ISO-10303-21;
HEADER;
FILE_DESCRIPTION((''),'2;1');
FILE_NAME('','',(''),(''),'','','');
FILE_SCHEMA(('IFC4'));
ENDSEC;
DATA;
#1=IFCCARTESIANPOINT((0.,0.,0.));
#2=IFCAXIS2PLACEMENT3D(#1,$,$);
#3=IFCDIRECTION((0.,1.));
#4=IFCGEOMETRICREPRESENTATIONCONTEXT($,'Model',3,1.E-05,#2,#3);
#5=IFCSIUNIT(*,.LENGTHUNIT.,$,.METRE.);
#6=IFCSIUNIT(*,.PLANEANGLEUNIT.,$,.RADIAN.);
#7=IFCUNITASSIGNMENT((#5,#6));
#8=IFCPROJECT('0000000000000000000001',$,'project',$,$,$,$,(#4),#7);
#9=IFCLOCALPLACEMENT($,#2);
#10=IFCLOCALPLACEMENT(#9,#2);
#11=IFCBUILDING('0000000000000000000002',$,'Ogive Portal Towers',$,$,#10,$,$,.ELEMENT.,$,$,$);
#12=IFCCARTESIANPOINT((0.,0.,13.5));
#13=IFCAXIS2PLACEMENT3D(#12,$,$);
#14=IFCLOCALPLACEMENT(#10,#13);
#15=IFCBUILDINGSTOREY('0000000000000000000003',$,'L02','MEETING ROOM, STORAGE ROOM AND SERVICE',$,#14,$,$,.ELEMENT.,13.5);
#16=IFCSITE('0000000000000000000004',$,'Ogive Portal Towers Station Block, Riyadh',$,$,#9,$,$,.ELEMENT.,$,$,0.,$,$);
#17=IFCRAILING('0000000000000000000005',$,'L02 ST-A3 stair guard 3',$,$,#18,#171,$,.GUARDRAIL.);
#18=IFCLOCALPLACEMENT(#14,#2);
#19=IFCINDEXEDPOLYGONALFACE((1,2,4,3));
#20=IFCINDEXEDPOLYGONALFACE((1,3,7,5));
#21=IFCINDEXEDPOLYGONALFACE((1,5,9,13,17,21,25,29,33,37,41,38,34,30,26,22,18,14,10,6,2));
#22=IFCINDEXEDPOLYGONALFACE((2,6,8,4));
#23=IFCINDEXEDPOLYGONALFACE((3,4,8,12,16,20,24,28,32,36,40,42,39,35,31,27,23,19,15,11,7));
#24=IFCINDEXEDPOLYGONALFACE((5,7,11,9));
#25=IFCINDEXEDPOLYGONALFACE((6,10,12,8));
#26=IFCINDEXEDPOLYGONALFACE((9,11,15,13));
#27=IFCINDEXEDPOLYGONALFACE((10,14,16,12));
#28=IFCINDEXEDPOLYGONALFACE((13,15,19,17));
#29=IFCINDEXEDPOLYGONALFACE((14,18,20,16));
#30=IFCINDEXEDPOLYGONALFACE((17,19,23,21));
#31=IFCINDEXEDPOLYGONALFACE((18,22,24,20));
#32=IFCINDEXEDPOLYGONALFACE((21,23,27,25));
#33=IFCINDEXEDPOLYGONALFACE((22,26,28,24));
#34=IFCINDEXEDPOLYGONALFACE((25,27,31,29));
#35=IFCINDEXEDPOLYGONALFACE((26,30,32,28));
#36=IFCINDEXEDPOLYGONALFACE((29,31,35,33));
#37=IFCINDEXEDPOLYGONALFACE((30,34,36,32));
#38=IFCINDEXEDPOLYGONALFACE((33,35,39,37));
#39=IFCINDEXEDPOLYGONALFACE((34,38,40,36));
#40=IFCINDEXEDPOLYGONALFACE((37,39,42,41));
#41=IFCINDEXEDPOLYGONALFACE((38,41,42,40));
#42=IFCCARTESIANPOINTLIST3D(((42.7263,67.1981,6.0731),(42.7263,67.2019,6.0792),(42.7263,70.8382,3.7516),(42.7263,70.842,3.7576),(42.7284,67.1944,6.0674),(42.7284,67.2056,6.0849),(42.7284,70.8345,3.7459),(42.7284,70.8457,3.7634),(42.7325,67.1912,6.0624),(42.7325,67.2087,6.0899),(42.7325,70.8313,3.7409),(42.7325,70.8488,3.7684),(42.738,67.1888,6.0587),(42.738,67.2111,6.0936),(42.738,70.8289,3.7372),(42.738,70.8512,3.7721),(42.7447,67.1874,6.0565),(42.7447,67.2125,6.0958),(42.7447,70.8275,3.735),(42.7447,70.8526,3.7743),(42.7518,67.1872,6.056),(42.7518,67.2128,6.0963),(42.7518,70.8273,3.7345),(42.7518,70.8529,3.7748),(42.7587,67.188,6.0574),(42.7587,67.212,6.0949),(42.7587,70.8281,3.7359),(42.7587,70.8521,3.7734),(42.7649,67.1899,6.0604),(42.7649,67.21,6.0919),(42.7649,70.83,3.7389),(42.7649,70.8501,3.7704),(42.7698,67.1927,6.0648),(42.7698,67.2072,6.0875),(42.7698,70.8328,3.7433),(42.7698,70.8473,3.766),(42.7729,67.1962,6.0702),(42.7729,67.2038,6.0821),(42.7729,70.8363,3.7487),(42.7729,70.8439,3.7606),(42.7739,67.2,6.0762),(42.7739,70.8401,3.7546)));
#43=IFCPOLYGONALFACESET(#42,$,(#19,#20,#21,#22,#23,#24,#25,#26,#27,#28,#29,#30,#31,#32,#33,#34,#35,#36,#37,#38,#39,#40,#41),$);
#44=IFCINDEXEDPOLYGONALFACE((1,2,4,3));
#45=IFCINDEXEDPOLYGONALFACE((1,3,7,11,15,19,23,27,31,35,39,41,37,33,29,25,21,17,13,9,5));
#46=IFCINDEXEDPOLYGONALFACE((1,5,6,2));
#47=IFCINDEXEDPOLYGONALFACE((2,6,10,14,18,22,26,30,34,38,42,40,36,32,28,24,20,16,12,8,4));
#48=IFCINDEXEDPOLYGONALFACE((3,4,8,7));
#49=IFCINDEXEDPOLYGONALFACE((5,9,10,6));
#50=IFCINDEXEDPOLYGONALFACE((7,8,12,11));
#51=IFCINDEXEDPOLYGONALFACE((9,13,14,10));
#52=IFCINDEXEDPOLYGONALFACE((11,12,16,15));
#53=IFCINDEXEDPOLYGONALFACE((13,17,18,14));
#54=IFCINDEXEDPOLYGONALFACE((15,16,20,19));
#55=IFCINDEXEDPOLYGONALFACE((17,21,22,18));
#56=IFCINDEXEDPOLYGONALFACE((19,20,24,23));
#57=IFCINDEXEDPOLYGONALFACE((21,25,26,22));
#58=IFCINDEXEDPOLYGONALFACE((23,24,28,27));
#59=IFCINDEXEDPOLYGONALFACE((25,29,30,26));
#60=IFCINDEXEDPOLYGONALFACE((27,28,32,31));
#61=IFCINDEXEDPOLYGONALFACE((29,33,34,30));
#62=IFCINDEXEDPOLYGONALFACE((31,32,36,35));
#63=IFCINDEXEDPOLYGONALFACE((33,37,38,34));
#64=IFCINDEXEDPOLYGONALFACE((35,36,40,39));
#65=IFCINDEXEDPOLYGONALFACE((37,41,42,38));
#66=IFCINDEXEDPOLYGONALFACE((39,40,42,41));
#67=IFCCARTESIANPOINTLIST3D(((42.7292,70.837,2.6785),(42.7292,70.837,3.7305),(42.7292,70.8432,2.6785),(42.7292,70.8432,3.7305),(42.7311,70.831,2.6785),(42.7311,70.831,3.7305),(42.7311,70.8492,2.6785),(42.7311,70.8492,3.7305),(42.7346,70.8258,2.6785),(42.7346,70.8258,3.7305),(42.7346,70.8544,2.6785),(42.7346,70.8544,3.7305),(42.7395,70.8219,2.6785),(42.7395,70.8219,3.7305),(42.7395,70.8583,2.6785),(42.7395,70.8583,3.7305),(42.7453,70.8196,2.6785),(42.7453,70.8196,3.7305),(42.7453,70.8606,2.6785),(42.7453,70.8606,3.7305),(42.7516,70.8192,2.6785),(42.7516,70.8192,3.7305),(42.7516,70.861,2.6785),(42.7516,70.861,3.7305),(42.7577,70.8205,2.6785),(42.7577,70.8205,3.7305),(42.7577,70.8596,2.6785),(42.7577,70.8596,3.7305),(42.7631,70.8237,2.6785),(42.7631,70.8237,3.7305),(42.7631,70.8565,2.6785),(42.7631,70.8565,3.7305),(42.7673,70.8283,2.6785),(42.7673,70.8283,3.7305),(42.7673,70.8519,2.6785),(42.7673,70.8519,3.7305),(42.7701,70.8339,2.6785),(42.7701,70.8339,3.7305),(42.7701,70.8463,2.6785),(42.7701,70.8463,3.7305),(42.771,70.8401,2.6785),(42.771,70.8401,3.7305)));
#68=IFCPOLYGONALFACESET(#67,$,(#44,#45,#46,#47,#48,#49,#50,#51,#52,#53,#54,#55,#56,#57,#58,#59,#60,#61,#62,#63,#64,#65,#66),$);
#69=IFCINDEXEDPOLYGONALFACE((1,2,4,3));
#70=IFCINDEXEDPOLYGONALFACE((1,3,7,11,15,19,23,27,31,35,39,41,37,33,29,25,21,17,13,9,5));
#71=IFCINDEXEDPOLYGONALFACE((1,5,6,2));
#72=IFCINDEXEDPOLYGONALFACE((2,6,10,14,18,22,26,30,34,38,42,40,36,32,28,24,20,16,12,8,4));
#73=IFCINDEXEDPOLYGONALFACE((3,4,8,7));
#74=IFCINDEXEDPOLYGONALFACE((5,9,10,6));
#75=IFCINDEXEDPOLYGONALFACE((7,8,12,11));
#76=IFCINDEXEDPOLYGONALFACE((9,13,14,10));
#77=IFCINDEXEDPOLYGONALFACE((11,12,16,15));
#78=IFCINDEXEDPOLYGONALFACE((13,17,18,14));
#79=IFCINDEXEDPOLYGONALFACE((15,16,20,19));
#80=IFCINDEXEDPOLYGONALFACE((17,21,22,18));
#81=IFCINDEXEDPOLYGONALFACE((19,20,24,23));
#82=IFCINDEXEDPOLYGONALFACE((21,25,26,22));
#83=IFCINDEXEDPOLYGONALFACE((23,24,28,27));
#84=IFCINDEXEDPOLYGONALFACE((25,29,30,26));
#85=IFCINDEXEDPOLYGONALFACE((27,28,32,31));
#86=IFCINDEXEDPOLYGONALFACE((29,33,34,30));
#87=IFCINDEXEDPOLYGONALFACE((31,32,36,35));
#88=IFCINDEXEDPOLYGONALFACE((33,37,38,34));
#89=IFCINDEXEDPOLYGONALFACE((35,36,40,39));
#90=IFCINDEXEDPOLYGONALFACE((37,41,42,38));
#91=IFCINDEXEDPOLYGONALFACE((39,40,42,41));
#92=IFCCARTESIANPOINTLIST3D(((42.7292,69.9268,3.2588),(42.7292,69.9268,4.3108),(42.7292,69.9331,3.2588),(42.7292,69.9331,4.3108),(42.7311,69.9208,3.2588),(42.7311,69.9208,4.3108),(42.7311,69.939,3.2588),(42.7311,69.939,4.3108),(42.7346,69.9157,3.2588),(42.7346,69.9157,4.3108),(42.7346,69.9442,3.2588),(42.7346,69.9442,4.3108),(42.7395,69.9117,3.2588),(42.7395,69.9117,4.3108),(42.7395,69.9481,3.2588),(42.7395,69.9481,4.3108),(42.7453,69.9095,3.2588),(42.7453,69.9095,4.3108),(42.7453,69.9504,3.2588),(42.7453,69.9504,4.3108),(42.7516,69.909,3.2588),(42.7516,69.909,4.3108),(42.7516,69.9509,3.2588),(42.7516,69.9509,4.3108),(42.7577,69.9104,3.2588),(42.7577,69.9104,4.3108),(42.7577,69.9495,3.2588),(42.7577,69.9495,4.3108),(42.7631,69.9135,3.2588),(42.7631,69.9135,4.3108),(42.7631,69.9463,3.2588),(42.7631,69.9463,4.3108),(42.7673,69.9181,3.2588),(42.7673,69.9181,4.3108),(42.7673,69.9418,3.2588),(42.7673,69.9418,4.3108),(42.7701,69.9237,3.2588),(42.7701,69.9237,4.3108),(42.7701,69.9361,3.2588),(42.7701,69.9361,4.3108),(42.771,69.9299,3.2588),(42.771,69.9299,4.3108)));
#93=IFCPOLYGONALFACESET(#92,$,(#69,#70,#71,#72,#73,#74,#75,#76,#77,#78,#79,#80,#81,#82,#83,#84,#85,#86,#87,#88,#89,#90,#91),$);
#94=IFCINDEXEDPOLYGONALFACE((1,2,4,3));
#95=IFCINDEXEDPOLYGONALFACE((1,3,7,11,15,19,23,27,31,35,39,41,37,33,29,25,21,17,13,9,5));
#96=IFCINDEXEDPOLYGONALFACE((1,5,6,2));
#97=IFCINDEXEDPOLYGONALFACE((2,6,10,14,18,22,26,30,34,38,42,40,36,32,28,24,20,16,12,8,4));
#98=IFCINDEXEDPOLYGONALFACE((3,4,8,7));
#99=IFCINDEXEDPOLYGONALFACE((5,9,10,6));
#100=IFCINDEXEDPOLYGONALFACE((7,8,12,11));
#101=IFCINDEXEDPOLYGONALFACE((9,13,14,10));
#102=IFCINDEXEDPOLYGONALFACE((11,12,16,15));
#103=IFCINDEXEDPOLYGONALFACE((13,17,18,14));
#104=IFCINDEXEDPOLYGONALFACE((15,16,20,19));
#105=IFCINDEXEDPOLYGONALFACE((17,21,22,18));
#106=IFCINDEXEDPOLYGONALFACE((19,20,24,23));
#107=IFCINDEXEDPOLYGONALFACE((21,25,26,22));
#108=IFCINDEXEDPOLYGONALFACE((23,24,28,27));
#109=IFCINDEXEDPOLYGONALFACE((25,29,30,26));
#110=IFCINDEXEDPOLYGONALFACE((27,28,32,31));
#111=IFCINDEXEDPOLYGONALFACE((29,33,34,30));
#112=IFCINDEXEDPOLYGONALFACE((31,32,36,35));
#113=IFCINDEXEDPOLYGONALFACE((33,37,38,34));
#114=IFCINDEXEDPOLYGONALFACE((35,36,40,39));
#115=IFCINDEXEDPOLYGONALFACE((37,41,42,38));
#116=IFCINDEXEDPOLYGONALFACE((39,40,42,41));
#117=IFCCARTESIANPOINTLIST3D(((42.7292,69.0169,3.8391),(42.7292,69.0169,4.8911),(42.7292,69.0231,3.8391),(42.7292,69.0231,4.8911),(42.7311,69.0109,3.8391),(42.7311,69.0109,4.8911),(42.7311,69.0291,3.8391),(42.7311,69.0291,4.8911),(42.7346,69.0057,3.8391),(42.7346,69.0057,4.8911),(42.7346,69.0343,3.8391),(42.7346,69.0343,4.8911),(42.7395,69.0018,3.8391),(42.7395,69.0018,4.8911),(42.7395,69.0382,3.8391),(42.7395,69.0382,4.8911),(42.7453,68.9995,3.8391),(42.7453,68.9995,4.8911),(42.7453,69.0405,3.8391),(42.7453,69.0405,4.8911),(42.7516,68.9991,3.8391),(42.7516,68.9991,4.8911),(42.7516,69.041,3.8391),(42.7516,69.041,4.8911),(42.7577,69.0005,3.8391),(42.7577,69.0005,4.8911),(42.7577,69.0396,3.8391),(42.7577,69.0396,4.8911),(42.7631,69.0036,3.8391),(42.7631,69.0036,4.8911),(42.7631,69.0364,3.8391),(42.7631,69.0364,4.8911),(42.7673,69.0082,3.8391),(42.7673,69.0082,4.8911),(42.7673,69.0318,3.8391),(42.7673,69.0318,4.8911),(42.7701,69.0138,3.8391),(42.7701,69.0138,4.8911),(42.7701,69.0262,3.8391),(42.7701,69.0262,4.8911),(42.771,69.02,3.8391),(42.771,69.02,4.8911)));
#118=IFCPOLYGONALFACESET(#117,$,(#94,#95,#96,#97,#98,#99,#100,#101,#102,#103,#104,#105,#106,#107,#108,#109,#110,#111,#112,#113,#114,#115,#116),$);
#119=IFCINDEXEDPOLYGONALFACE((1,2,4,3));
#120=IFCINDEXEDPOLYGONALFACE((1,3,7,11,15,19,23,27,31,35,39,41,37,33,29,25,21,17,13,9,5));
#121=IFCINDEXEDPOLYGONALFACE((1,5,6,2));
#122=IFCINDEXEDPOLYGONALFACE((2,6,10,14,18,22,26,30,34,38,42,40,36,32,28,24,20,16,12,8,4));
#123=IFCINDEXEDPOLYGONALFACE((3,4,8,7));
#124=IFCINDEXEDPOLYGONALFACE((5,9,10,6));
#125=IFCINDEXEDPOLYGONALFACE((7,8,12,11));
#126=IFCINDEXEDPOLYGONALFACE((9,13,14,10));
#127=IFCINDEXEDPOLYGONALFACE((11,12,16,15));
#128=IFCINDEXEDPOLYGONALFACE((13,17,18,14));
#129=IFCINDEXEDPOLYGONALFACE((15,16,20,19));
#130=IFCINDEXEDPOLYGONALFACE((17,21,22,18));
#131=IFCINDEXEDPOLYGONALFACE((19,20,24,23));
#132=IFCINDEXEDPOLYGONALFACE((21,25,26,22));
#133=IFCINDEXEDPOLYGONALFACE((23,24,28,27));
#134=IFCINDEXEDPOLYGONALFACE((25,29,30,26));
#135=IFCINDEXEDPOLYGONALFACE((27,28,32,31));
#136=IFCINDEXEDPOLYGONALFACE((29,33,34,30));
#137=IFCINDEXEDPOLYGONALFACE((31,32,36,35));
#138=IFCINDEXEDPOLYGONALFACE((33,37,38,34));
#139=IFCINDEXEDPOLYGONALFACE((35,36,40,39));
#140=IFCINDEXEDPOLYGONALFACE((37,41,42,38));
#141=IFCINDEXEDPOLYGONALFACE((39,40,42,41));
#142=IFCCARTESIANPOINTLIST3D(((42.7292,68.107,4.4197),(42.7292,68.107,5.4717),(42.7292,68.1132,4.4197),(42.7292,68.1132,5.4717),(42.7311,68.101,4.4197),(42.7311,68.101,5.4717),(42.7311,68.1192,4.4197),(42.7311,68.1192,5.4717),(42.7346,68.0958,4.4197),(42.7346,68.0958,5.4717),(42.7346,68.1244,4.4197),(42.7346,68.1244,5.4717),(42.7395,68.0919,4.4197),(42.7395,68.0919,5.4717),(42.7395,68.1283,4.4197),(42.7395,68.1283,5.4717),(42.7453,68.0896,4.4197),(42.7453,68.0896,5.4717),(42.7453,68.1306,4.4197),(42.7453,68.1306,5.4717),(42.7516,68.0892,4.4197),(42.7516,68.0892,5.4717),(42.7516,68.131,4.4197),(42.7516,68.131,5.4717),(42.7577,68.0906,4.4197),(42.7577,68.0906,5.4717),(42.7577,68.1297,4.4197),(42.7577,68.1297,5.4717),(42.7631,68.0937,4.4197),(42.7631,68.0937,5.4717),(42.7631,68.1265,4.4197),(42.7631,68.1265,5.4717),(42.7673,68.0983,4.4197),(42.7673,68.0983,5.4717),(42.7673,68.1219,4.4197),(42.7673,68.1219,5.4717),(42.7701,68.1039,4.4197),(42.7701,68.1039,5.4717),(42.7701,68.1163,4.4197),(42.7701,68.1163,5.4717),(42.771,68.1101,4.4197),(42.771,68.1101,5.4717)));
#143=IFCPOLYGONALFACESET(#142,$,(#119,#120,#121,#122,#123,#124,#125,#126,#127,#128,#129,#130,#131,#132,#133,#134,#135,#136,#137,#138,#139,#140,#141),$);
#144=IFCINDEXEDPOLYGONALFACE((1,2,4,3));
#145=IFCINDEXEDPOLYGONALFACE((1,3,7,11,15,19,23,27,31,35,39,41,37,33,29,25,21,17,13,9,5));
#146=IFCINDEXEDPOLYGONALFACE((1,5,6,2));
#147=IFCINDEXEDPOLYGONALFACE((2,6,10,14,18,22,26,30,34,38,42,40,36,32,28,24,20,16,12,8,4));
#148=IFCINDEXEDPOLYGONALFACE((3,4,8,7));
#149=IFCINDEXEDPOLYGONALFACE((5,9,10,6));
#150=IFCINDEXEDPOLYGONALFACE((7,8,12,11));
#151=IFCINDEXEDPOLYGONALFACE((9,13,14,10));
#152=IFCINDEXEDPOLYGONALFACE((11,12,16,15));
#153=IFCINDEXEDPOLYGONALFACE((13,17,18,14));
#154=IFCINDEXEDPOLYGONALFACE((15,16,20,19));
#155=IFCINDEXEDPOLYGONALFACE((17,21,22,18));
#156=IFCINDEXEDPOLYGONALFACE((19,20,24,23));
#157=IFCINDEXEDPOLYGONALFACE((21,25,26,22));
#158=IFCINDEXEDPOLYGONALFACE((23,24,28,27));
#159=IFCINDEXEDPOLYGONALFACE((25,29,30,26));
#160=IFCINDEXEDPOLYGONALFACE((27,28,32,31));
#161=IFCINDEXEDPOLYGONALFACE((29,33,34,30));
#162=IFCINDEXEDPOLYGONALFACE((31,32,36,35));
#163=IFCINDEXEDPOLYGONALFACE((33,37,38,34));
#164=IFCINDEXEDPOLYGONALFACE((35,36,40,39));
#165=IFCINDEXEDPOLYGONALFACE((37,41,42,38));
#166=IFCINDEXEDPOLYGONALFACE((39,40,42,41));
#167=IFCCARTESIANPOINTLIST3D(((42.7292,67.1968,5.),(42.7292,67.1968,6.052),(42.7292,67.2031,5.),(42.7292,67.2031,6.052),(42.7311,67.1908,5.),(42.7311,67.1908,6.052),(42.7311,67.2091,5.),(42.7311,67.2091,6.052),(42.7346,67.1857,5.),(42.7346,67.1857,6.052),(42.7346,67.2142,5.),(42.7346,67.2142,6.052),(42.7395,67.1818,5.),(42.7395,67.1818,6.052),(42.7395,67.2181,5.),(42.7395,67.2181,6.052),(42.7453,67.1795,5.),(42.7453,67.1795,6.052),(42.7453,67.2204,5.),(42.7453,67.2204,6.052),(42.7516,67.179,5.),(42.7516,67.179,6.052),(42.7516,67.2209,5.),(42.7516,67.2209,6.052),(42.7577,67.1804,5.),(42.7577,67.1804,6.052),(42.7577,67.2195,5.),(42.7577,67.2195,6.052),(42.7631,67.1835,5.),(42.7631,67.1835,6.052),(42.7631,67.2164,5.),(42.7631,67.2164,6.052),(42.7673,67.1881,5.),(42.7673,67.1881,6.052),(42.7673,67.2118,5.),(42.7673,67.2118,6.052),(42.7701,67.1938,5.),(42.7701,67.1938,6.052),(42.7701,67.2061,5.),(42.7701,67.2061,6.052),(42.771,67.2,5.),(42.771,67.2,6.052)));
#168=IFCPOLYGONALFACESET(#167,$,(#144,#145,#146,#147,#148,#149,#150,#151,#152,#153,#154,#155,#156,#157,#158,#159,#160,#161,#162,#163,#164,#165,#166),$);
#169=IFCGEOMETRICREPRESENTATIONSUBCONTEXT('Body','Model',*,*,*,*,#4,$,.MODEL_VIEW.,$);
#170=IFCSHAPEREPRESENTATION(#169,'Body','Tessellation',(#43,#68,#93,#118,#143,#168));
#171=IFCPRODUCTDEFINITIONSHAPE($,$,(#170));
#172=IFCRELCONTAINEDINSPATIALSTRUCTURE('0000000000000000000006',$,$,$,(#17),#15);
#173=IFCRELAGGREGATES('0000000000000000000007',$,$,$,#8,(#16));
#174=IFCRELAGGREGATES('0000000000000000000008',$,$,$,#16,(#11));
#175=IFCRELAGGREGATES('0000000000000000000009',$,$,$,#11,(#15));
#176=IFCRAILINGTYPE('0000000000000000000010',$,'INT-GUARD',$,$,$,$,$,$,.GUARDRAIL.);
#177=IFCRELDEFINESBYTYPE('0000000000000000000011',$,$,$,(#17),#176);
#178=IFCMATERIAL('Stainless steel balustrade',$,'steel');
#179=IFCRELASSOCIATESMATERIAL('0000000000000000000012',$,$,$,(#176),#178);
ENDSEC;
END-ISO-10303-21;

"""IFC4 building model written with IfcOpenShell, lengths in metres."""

from ifc_helpers import new_model, si_unit, direction, frame, origin, origin_2d, place, context, subcontext, project, spatial, circle, extrude, material, type_object, element, save


model = new_model("IFC4")

# Units and contexts
model_context = context("Model", 3, precision=1e-05, world=origin(), true_north=direction((0.0, 1.0)))
body_context = subcontext(model_context, "Body", "Model", "MODEL_VIEW")
ifc_project = project(units=[si_unit("LENGTHUNIT", "METRE"), si_unit("PLANEANGLEUNIT", "RADIAN")], contexts=[model_context])

# Site, building, storey
site_placement = place(None, origin())
site = spatial("IfcSite", under=ifc_project, at=site_placement, Name="Ogive Portal Towers Station Block, Riyadh", CompositionType="ELEMENT", RefElevation=0.0)
building_placement = place(site_placement, origin())
building = spatial("IfcBuilding", under=site, at=building_placement, Name="Ogive Portal Towers", CompositionType="ELEMENT")
storey_placement = place(building_placement, frame((0.0, 0.0, 13.5)))
storey = spatial("IfcBuildingStorey", under=building, at=storey_placement, Name="L02", Description="MEETING ROOM, STORAGE ROOM AND SERVICE", CompositionType="ELEMENT", Elevation=13.5)

# Railing
ifc_material_1 = material(Name="Stainless steel balustrade", Category="steel")
railing_type_1 = type_object("IfcRailingType", Name="INT-GUARD", PredefinedType="GUARDRAIL", material=ifc_material_1)
railing_1_placement = place(storey_placement, frame((42.75, 70.8401, 2.6785)))
element("IfcRailing", 1, at=railing_1_placement, inside=storey, type_object=railing_type_1, Name="L02 ST-A3 stair guard 3", PredefinedType="GUARDRAIL", context=body_context, shape_type="SweptSolid", body=[
    extrude(circle(Radius=0.0239, at=origin_2d()), frame((0.0, 0.0, 1.0762), z_axis=(0.0, -0.843128, 0.537713), x_axis=(1.0, 0.0, 0.0)), (0.0, 0.0, 1.0), 4.3174),
    extrude(circle(Radius=0.021, at=origin_2d()), origin(), (0.0, 0.0, 1.0), 1.052),
    extrude(circle(Radius=0.021, at=origin_2d()), frame((0.0, -0.9102, 0.5803)), (0.0, 0.0, 1.0), 1.052),
    extrude(circle(Radius=0.021, at=origin_2d()), frame((0.0, -1.8201, 1.1606)), (0.0, 0.0, 1.0), 1.052),
    extrude(circle(Radius=0.021, at=origin_2d()), frame((0.0, -2.73, 1.7412)), (0.0, 0.0, 1.0), 1.052),
    extrude(circle(Radius=0.021, at=origin_2d()), frame((0.0, -3.6401, 2.3215)), (0.0, 0.0, 1.0), 1.052),
])

save(model, "model.ifc")
